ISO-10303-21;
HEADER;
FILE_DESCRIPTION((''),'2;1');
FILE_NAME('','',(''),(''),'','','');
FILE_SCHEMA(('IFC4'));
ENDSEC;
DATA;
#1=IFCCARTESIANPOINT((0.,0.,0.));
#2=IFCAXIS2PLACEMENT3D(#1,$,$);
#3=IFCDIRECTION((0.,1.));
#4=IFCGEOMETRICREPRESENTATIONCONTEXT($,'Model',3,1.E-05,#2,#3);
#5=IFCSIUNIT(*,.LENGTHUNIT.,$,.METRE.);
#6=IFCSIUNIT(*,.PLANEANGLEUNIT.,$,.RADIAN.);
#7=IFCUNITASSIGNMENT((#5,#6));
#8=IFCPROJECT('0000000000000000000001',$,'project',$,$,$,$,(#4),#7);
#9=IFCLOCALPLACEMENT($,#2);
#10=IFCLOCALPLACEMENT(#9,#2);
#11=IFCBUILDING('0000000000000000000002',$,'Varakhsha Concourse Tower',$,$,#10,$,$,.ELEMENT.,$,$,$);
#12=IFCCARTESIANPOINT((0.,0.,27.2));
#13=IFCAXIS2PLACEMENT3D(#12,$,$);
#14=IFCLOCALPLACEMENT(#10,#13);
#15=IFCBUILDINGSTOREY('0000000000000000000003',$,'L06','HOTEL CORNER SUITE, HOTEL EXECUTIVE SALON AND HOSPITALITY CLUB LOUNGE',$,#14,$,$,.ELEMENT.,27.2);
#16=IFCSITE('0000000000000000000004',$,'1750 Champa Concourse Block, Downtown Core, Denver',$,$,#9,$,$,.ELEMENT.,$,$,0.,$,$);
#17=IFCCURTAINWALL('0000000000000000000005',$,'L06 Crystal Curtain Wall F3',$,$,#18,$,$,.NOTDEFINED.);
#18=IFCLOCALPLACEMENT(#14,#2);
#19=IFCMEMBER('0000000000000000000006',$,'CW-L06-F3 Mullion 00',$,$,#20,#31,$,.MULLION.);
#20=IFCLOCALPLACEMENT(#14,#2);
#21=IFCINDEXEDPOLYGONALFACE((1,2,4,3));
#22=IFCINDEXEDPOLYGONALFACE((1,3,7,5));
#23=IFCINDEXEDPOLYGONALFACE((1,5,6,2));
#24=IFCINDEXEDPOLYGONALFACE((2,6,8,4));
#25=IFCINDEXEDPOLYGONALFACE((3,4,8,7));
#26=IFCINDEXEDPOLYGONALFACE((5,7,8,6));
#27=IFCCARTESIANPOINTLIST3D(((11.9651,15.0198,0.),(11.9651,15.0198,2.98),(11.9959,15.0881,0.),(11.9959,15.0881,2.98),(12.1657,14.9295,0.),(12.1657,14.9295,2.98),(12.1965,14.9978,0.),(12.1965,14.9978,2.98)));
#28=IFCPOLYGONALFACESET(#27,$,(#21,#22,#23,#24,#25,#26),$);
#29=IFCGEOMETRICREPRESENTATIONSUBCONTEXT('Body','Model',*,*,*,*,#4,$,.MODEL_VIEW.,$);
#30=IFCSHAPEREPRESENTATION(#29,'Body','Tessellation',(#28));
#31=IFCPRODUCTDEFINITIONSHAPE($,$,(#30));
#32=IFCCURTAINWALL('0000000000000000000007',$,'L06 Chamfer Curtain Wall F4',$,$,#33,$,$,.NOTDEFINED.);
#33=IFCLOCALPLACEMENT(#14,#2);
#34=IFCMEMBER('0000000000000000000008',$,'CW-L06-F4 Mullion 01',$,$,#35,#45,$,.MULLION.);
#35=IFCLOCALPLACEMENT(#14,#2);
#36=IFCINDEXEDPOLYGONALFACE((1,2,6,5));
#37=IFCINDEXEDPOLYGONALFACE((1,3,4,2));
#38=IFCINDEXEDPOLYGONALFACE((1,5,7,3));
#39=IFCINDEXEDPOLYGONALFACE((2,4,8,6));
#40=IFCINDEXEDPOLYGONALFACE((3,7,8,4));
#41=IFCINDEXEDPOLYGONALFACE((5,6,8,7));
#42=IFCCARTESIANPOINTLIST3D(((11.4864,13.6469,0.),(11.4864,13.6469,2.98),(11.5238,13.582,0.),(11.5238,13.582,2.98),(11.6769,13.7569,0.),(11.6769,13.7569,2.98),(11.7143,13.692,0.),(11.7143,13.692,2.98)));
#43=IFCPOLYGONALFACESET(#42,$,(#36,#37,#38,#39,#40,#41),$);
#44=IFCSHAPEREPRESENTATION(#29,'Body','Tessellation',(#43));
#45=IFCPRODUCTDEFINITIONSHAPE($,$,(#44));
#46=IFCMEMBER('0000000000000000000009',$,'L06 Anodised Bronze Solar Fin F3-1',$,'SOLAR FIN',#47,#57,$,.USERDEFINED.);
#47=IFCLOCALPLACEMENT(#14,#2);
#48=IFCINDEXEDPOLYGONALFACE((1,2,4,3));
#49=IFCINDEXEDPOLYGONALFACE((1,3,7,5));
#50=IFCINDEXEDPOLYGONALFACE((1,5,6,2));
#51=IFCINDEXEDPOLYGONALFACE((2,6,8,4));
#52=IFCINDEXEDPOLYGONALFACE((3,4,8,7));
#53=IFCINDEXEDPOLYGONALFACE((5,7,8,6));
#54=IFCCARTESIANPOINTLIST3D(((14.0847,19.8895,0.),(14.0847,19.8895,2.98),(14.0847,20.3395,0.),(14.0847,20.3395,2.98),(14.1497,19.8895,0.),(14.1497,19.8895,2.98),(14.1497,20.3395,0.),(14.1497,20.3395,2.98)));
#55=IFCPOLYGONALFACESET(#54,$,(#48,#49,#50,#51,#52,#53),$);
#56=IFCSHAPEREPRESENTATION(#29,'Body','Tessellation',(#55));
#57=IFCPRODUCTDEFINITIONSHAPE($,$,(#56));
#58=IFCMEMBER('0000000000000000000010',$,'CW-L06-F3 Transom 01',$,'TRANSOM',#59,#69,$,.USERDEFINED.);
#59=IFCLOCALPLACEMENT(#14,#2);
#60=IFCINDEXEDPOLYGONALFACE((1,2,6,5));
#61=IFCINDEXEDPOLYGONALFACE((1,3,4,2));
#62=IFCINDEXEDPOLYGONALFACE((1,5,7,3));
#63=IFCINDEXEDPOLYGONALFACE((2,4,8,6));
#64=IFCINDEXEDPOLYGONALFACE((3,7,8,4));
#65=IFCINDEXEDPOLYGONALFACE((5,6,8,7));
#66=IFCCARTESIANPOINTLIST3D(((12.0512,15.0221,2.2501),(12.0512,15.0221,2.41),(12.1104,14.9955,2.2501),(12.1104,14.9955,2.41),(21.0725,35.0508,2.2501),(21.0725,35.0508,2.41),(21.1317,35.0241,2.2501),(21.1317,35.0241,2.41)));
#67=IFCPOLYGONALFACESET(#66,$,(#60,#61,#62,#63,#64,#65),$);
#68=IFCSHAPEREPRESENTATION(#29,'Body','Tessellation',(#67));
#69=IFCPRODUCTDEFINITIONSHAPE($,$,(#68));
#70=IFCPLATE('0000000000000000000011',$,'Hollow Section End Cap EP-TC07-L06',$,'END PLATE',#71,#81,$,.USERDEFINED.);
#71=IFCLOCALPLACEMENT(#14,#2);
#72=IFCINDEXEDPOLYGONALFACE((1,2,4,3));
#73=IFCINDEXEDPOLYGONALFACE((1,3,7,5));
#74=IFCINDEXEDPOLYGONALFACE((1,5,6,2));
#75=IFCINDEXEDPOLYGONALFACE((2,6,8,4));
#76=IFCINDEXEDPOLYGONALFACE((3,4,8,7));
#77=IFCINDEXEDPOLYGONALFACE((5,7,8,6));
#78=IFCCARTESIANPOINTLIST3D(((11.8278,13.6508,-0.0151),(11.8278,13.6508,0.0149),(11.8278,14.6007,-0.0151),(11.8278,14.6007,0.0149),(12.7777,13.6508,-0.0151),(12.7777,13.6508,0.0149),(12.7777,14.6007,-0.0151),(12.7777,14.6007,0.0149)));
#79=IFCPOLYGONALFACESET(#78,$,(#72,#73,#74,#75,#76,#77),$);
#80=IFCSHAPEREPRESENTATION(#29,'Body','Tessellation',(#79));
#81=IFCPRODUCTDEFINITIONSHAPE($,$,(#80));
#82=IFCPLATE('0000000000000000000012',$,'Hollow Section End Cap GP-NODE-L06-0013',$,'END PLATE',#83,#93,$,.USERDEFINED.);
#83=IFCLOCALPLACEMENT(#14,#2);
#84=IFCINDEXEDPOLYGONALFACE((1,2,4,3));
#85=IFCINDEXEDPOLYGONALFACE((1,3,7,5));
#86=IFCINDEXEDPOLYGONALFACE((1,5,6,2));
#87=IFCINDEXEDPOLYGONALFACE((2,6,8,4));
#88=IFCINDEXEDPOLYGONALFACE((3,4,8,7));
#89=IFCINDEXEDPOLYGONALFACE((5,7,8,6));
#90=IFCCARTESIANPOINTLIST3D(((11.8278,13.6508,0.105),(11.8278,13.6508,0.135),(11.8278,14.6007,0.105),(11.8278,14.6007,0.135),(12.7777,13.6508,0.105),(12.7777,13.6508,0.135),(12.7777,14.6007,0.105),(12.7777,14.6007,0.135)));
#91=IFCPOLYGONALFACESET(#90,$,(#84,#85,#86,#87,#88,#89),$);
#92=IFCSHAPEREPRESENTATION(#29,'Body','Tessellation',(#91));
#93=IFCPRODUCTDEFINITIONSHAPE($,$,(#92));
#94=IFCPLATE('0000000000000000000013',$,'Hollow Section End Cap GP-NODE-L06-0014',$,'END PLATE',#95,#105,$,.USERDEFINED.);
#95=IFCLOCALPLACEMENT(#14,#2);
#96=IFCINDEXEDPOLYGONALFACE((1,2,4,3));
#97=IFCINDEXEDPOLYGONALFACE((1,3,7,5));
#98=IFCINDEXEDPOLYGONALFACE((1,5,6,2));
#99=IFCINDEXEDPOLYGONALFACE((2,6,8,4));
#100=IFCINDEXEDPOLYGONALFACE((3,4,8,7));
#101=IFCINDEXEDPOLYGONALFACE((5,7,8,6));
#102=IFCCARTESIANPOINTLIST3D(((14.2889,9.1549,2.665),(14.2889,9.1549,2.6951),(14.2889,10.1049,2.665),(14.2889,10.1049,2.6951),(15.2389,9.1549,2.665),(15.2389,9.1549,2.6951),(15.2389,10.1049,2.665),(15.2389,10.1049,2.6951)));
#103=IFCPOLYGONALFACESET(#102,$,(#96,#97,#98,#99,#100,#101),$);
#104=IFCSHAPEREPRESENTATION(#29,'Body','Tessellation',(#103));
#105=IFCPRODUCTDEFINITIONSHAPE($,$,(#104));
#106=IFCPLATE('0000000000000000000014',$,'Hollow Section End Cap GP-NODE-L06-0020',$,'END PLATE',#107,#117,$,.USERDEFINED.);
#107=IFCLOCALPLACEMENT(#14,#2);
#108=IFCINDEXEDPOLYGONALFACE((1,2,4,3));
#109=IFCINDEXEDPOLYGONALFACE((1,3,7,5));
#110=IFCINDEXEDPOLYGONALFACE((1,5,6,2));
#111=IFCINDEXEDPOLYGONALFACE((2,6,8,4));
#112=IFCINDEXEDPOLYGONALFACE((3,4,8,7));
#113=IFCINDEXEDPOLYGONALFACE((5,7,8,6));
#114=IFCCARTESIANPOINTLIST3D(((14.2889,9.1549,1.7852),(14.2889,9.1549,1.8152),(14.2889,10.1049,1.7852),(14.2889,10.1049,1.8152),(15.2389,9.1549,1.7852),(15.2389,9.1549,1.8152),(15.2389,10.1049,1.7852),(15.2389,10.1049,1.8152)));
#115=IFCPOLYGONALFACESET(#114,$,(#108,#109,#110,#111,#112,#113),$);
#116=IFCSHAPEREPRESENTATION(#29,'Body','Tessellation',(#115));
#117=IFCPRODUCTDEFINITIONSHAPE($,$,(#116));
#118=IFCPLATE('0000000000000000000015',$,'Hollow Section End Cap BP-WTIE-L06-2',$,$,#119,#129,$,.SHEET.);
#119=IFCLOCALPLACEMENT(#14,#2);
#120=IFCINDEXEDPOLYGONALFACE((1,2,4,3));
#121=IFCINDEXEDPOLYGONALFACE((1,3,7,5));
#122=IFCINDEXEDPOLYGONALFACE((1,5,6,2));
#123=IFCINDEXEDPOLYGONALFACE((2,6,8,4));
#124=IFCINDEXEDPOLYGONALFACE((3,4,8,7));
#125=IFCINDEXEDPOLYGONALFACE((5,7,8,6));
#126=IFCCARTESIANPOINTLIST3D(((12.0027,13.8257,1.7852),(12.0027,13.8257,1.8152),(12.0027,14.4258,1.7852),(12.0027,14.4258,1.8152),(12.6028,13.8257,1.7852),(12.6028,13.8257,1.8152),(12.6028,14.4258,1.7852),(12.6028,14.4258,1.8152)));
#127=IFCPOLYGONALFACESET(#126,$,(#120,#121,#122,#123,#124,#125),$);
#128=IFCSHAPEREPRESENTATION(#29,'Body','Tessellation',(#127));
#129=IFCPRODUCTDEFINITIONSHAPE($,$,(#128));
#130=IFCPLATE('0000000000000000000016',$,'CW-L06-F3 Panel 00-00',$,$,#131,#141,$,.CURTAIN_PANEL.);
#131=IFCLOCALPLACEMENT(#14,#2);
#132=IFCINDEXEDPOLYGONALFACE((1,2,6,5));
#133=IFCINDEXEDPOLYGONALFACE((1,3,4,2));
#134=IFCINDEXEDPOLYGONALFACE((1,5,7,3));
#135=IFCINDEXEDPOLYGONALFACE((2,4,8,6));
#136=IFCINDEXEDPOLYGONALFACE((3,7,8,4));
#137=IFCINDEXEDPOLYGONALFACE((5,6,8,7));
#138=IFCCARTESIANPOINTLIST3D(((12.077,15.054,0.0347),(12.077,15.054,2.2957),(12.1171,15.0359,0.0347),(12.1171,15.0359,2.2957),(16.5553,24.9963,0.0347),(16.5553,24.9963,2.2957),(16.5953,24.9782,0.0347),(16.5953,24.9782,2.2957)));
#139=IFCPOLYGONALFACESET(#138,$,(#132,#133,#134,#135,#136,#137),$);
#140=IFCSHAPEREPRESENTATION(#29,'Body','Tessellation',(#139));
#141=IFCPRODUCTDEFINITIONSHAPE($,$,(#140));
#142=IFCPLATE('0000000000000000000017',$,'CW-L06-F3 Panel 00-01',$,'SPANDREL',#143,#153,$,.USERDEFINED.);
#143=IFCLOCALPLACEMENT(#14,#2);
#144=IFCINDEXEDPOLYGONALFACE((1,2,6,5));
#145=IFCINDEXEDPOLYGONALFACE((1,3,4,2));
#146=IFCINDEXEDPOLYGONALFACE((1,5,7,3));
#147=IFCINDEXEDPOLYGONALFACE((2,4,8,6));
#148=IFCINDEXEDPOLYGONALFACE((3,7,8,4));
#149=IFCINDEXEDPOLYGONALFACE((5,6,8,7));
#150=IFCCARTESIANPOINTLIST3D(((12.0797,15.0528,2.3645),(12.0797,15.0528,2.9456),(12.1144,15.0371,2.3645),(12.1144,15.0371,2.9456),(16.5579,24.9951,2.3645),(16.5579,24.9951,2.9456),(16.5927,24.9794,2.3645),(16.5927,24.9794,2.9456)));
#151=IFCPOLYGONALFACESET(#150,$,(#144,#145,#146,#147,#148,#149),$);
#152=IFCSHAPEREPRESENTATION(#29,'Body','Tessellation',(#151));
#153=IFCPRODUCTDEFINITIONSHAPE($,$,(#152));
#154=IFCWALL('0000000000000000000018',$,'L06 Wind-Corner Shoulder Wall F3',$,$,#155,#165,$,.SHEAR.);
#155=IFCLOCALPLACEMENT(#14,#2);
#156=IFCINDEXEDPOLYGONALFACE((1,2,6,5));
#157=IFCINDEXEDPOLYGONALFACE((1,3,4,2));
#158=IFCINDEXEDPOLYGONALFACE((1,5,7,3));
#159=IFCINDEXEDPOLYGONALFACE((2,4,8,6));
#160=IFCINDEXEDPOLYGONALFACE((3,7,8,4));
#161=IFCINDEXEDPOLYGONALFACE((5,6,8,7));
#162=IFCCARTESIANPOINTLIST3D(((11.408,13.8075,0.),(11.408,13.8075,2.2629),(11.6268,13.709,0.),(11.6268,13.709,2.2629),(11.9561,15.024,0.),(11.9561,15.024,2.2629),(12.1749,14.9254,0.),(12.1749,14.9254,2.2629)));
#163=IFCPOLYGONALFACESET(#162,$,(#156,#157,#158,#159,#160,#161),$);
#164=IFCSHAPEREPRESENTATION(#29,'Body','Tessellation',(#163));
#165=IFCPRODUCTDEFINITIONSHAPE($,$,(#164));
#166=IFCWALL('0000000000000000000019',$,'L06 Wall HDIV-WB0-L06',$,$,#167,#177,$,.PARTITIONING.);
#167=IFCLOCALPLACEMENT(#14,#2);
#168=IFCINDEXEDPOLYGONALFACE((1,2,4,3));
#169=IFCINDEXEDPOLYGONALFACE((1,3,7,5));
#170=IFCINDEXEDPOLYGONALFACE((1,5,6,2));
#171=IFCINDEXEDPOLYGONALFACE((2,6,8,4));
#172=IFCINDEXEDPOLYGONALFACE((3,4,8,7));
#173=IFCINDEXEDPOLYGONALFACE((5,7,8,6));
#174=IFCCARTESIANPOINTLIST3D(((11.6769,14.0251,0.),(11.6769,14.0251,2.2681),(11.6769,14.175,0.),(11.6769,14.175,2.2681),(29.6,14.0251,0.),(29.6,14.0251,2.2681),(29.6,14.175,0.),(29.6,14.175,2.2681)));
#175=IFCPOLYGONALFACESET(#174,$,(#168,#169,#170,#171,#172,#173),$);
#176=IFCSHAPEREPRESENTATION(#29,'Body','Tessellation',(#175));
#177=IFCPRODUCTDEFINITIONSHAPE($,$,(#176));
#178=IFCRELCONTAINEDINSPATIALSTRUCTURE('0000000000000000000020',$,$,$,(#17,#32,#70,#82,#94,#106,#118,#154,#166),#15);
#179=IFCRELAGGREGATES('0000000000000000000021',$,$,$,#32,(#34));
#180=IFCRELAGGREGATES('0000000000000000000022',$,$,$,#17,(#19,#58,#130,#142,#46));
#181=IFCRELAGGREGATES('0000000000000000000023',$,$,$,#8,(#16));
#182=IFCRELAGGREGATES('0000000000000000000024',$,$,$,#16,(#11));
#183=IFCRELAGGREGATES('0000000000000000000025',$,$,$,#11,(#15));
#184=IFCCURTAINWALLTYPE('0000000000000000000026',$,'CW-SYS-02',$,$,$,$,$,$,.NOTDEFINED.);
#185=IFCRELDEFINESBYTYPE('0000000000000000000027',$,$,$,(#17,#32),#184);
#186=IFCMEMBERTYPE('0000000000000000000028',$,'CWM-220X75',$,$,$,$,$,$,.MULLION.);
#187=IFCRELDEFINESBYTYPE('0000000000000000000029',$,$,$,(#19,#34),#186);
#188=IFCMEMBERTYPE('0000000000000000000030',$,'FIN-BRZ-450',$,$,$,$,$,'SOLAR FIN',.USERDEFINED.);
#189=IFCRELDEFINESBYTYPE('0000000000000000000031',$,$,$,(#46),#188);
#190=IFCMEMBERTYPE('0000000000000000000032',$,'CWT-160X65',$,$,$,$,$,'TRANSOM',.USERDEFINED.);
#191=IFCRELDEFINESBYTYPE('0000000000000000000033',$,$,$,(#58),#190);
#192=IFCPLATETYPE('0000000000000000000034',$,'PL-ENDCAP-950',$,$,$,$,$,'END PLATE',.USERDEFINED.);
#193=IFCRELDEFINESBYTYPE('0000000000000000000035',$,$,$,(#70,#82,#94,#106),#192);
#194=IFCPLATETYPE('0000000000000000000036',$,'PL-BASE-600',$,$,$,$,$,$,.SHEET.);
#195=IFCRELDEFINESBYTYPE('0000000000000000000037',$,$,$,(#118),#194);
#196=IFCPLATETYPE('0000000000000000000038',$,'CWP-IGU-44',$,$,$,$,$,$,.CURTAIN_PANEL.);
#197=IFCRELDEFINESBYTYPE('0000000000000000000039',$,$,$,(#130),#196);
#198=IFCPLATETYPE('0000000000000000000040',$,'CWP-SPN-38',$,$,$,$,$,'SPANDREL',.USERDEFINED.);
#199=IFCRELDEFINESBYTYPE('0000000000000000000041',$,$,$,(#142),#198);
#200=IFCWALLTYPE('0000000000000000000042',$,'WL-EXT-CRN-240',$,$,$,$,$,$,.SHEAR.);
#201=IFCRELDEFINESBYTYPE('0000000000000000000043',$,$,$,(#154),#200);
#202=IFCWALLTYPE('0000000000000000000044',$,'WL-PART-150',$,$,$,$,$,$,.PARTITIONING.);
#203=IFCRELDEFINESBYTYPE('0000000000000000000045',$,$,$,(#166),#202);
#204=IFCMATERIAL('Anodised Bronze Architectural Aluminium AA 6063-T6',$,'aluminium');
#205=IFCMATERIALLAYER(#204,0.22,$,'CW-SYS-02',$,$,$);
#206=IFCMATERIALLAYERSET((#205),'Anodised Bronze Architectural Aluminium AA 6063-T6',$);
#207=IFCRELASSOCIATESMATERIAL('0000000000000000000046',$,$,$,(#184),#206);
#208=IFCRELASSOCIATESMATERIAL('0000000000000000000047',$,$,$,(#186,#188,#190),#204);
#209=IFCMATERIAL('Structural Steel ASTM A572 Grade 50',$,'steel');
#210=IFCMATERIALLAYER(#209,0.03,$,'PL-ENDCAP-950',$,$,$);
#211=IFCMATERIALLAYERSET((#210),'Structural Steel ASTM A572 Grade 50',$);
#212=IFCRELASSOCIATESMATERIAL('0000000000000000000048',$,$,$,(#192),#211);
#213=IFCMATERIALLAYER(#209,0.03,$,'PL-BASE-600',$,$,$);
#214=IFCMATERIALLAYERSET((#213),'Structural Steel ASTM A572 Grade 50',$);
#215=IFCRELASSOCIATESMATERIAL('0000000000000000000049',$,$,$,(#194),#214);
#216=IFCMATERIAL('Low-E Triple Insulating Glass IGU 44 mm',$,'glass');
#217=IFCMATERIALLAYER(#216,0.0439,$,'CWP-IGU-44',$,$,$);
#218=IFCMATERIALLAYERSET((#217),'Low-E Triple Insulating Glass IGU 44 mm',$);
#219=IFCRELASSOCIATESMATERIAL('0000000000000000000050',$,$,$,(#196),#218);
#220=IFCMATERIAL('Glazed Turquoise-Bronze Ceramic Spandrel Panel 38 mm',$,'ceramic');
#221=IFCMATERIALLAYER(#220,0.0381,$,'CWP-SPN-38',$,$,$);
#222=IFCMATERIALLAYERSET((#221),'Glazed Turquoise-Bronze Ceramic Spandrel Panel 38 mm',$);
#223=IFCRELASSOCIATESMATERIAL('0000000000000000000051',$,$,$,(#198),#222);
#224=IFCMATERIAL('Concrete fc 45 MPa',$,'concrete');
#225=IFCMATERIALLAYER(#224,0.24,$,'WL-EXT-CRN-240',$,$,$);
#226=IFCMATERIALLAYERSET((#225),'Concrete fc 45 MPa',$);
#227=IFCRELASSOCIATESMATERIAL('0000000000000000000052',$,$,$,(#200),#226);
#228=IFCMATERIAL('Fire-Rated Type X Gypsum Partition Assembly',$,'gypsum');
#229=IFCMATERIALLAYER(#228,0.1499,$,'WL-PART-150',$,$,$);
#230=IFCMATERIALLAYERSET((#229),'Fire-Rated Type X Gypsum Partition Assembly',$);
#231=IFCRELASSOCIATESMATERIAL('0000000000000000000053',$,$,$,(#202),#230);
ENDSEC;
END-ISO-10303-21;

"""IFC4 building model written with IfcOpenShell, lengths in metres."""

from ifc_helpers import new_model, si_unit, direction, frame, frame_2d, origin, origin_2d, place, context, subcontext, project, spatial, rectangle, extrude, source, transform, mapped, material, layer, layer_set, material_profile, profile_set, type_object, type_shapes, element, aggregate, save


model = new_model("IFC4")

# Units and contexts
model_context = context("Model", 3, precision=1e-05, world=origin(), true_north=direction((0.0, 1.0)))
body_context = subcontext(model_context, "Body", "Model", "MODEL_VIEW")
ifc_project = project(units=[si_unit("LENGTHUNIT", "METRE"), si_unit("PLANEANGLEUNIT", "RADIAN")], contexts=[model_context])

# Site, building, storey
site_placement = place(None, origin())
site = spatial("IfcSite", under=ifc_project, at=site_placement, Name="1750 Champa Concourse Block, Downtown Core, Denver", CompositionType="ELEMENT", RefElevation=0.0)
building_placement = place(site_placement, origin())
building = spatial("IfcBuilding", under=site, at=building_placement, Name="Varakhsha Concourse Tower", CompositionType="ELEMENT")
storey_placement = place(building_placement, frame((0.0, 0.0, 27.2)))
storey = spatial("IfcBuildingStorey", under=building, at=storey_placement, Name="L06", Description="HOTEL CORNER SUITE, HOTEL EXECUTIVE SALON AND HOSPITALITY CLUB LOUNGE", CompositionType="ELEMENT", Elevation=27.2)

# Shared definitions
ifc_material_1 = material(Name="Structural Steel ASTM A572 Grade 50", Category="steel")

# Curtain walls, members
ifc_material_2 = material(Name="Anodised Bronze Architectural Aluminium AA 6063-T6", Category="aluminium")
ifc_layer_1 = layer(ifc_material_2, 0.22, Name="CW-SYS-02")
ifc_layer_set_1 = layer_set([ifc_layer_1], Name="Anodised Bronze Architectural Aluminium AA 6063-T6")
curtain_wall_type = type_object("IfcCurtainWallType", Name="CW-SYS-02", PredefinedType="NOTDEFINED", material=ifc_layer_set_1)
curtain_wall_1_placement = place(storey_placement, origin())
curtain_wall_1 = element("IfcCurtainWall", 1, at=curtain_wall_1_placement, inside=storey, type_object=curtain_wall_type, Name="L06 Crystal Curtain Wall F3", PredefinedType="NOTDEFINED")
ifc_material_profile_1 = material_profile(ifc_material_2, rectangle(XDim=0.075, YDim=0.22, at=origin_2d()), Name="CWM-220X75")
ifc_profile_set_1 = profile_set([ifc_material_profile_1], Name="Anodised Bronze Architectural Aluminium AA 6063-T6")
member_type_1 = type_object("IfcMemberType", Name="CWM-220X75", PredefinedType="MULLION", material=ifc_profile_set_1)
shared_shape_1 = source(origin(), body_context, "Body", "SweptSolid", [
    extrude(rectangle(XDim=0.075, YDim=0.22, at=origin_2d()), origin(), (0.0, 0.0, 1.0), 2.98),
])
type_shapes(member_type_1, [shared_shape_1])
member_1_placement = place(storey_placement, frame((12.0808, 15.0088, 0.0), z_axis=(0.0, 0.0, 1.0), x_axis=(0.410684, 0.911778, 0.0)))
member_1 = element("IfcMember", 2, at=member_1_placement, type_object=member_type_1, Name="CW-L06-F3 Mullion 00", PredefinedType="MULLION", context=body_context, shape_type="MappedRepresentation", body=[
    mapped(shared_shape_1, transform((0.0, 0.0, 0.0), scale=1.0)),
])
curtain_wall_2_placement = place(storey_placement, origin())
curtain_wall_2 = element("IfcCurtainWall", 3, at=curtain_wall_2_placement, inside=storey, type_object=curtain_wall_type, Name="L06 Chamfer Curtain Wall F4", PredefinedType="NOTDEFINED")
member_2_placement = place(storey_placement, frame((11.6003, 13.6694, 0.0), z_axis=(0.0, 0.0, 1.0), x_axis=(-0.499997, 0.866027, 0.0)))
member_2 = element("IfcMember", 4, at=member_2_placement, type_object=member_type_1, Name="CW-L06-F4 Mullion 01", PredefinedType="MULLION", context=body_context, shape_type="MappedRepresentation", body=[
    mapped(shared_shape_1, transform((0.0, 0.0, 0.0), scale=1.0)),
])
aggregate(curtain_wall_2, [member_2])

# Members
ifc_material_profile_2 = material_profile(ifc_material_2, rectangle(XDim=0.0649, YDim=0.45, at=origin_2d()), Name="FIN-BRZ-450")
ifc_profile_set_2 = profile_set([ifc_material_profile_2], Name="Anodised Bronze Architectural Aluminium AA 6063-T6")
member_type_2 = type_object("IfcMemberType", Name="FIN-BRZ-450", ElementType="SOLAR FIN", PredefinedType="USERDEFINED", material=ifc_profile_set_2)
shared_shape_2 = source(origin(), body_context, "Body", "SweptSolid", [
    extrude(rectangle(XDim=0.0649, YDim=0.45, at=origin_2d()), origin(), (0.0, 0.0, 1.0), 2.98),
])
type_shapes(member_type_2, [shared_shape_2])
member_3_placement = place(storey_placement, frame((14.1172, 20.1145, 0.0), z_axis=(0.0, 0.0, 1.0), x_axis=(1.0, 0.0, 0.0)))
member_3 = element("IfcMember", 5, at=member_3_placement, type_object=member_type_2, Name="L06 Anodised Bronze Solar Fin F3-1", ObjectType="SOLAR FIN", PredefinedType="USERDEFINED", context=body_context, shape_type="MappedRepresentation", body=[
    mapped(shared_shape_2, transform((0.0, 0.0, 0.0), scale=1.0)),
])
ifc_material_profile_3 = material_profile(ifc_material_2, rectangle(XDim=0.0649, YDim=0.1599, at=origin_2d()), Name="CWT-160X65")
ifc_profile_set_3 = profile_set([ifc_material_profile_3], Name="Anodised Bronze Architectural Aluminium AA 6063-T6")
member_type_3 = type_object("IfcMemberType", Name="CWT-160X65", ElementType="TRANSOM", PredefinedType="USERDEFINED", material=ifc_profile_set_3)
shared_shape_3 = source(origin(), body_context, "Body", "SweptSolid", [
    extrude(rectangle(XDim=0.0649, YDim=0.1599, at=origin_2d()), origin(), (0.0, 0.0, 1.0), 21.9666),
])
type_shapes(member_type_3, [shared_shape_3])
member_4_placement = place(storey_placement, frame((12.0808, 15.0088, 2.3301), z_axis=(0.410682, 0.911779, 0.0), x_axis=(-0.911779, 0.410682, 0.0)))
member_4 = element("IfcMember", 6, at=member_4_placement, type_object=member_type_3, Name="CW-L06-F3 Transom 01", ObjectType="TRANSOM", PredefinedType="USERDEFINED", context=body_context, shape_type="MappedRepresentation", body=[
    mapped(shared_shape_3, transform((0.0, 0.0, 0.0), scale=1.0)),
])

# Plates
ifc_layer_2 = layer(ifc_material_1, 0.03, Name="PL-ENDCAP-950")
ifc_layer_set_2 = layer_set([ifc_layer_2], Name="Structural Steel ASTM A572 Grade 50")
plate_type_1 = type_object("IfcPlateType", Name="PL-ENDCAP-950", ElementType="END PLATE", PredefinedType="USERDEFINED", material=ifc_layer_set_2)
shared_shape_4 = source(origin(), body_context, "Body", "SweptSolid", [
    extrude(rectangle(XDim=0.95, YDim=0.95, at=origin_2d()), origin(), (0.0, 0.0, 1.0), 0.03),
])
type_shapes(plate_type_1, [shared_shape_4])
for number, where, z_axis, x_axis, name in (
    (7, (12.3027, 14.1257, -0.0151), (0.0, 0.0, 1.0), (1.0, 0.0, 0.0), "Hollow Section End Cap EP-TC07-L06"),
    (8, (12.3027, 14.1257, 0.105), (0.0, 0.0, 1.0), (1.0, 0.0, 0.0), "Hollow Section End Cap GP-NODE-L06-0013"),
    (9, (14.7639, 9.6299, 2.665), (0.0, 0.0, 1.0), (1.0, 0.0, 0.0), "Hollow Section End Cap GP-NODE-L06-0014"),
    (10, (14.7639, 9.6299, 1.7852), (0.0, 0.0, 1.0), (1.0, 0.0, 0.0), "Hollow Section End Cap GP-NODE-L06-0020"),
):
    element("IfcPlate", number, at=place(storey_placement, frame(where, z_axis=z_axis, x_axis=x_axis)), inside=storey, type_object=plate_type_1, Name=name, ObjectType="END PLATE", PredefinedType="USERDEFINED", context=body_context, shape_type="MappedRepresentation", body=[
        mapped(shared_shape_4, transform((0.0, 0.0, 0.0), scale=1.0)),
    ])
ifc_layer_3 = layer(ifc_material_1, 0.03, Name="PL-BASE-600")
ifc_layer_set_3 = layer_set([ifc_layer_3], Name="Structural Steel ASTM A572 Grade 50")
plate_type_2 = type_object("IfcPlateType", Name="PL-BASE-600", PredefinedType="SHEET", material=ifc_layer_set_3)
shared_shape_5 = source(origin(), body_context, "Body", "SweptSolid", [
    extrude(rectangle(XDim=0.6001, YDim=0.6001, at=origin_2d()), origin(), (0.0, 0.0, 1.0), 0.03),
])
type_shapes(plate_type_2, [shared_shape_5])
plate_1_placement = place(storey_placement, frame((12.3027, 14.1257, 1.7852), z_axis=(0.0, 0.0, 1.0), x_axis=(1.0, 0.0, 0.0)))
element("IfcPlate", 11, at=plate_1_placement, inside=storey, type_object=plate_type_2, Name="Hollow Section End Cap BP-WTIE-L06-2", PredefinedType="SHEET", context=body_context, shape_type="MappedRepresentation", body=[
    mapped(shared_shape_5, transform((0.0, 0.0, 0.0), scale=1.0)),
])

# Plates
ifc_material_3 = material(Name="Low-E Triple Insulating Glass IGU 44 mm", Category="glass")
ifc_layer_4 = layer(ifc_material_3, 0.0439, Name="CWP-IGU-44")
ifc_layer_set_4 = layer_set([ifc_layer_4], Name="Low-E Triple Insulating Glass IGU 44 mm")
plate_type_3 = type_object("IfcPlateType", Name="CWP-IGU-44", PredefinedType="CURTAIN_PANEL", material=ifc_layer_set_4)
shared_shape_6 = source(origin(), body_context, "Body", "SweptSolid", [
    extrude(rectangle(XDim=10.9043, YDim=0.0439, at=origin_2d()), origin(), (0.0, 0.0, 1.0), 2.261),
])
type_shapes(plate_type_3, [shared_shape_6])
plate_2_placement = place(storey_placement, frame((14.3362, 20.0161, 0.0347), z_axis=(0.0, 0.0, 1.0), x_axis=(0.410684, 0.911778, 0.0)))
plate_2 = element("IfcPlate", 12, at=plate_2_placement, type_object=plate_type_3, Name="CW-L06-F3 Panel 00-00", PredefinedType="CURTAIN_PANEL", context=body_context, shape_type="MappedRepresentation", body=[
    mapped(shared_shape_6, transform((0.0, 0.0, 0.0), scale=1.0)),
])
ifc_material_4 = material(Name="Glazed Turquoise-Bronze Ceramic Spandrel Panel 38 mm", Category="ceramic")
ifc_layer_5 = layer(ifc_material_4, 0.0381, Name="CWP-SPN-38")
ifc_layer_set_5 = layer_set([ifc_layer_5], Name="Glazed Turquoise-Bronze Ceramic Spandrel Panel 38 mm")
plate_type_4 = type_object("IfcPlateType", Name="CWP-SPN-38", ElementType="SPANDREL", PredefinedType="USERDEFINED", material=ifc_layer_set_5)
shared_shape_7 = source(origin(), body_context, "Body", "SweptSolid", [
    extrude(rectangle(XDim=10.9043, YDim=0.0381, at=origin_2d()), origin(), (0.0, 0.0, 1.0), 0.5811),
])
type_shapes(plate_type_4, [shared_shape_7])
plate_3_placement = place(storey_placement, frame((14.3362, 20.0161, 2.3645), z_axis=(0.0, 0.0, 1.0), x_axis=(0.410684, 0.911778, 0.0)))
plate_3 = element("IfcPlate", 13, at=plate_3_placement, type_object=plate_type_4, Name="CW-L06-F3 Panel 00-01", ObjectType="SPANDREL", PredefinedType="USERDEFINED", context=body_context, shape_type="MappedRepresentation", body=[
    mapped(shared_shape_7, transform((0.0, 0.0, 0.0), scale=1.0)),
])
aggregate(curtain_wall_1, [member_1, member_4, plate_2, plate_3, member_3])

# Walls
ifc_material_5 = material(Name="Concrete fc 45 MPa", Category="concrete")
ifc_layer_6 = layer(ifc_material_5, 0.24, Name="WL-EXT-CRN-240")
ifc_layer_set_6 = layer_set([ifc_layer_6], Name="Concrete fc 45 MPa")
wall_type_1 = type_object("IfcWallType", Name="WL-EXT-CRN-240", PredefinedType="SHEAR", material=ifc_layer_set_6)
wall_1_placement = place(storey_placement, frame((12.0654, 14.9746, 0.0), z_axis=(0.0, 0.0, 1.0), x_axis=(-0.410768, -0.91174, 0.0)))
element("IfcWall", 14, at=wall_1_placement, inside=storey, type_object=wall_type_1, Name="L06 Wind-Corner Shoulder Wall F3", PredefinedType="SHEAR", context=body_context, shape_type="SweptSolid", body=[
    extrude(rectangle(XDim=1.3342, YDim=0.24, at=frame_2d((0.667, 0.0))), origin(), (0.0, 0.0, 1.0), 2.2629),
])
ifc_material_6 = material(Name="Fire-Rated Type X Gypsum Partition Assembly", Category="gypsum")
ifc_layer_7 = layer(ifc_material_6, 0.1499, Name="WL-PART-150")
ifc_layer_set_7 = layer_set([ifc_layer_7], Name="Fire-Rated Type X Gypsum Partition Assembly")
wall_type_2 = type_object("IfcWallType", Name="WL-PART-150", PredefinedType="PARTITIONING", material=ifc_layer_set_7)
wall_2_placement = place(storey_placement, frame((11.677, 14.1001, 0.0), z_axis=(0.0, 0.0, 1.0), x_axis=(1.0, 0.0, 0.0)))
element("IfcWall", 15, at=wall_2_placement, inside=storey, type_object=wall_type_2, Name="L06 Wall HDIV-WB0-L06", PredefinedType="PARTITIONING", context=body_context, shape_type="SweptSolid", body=[
    extrude(rectangle(XDim=17.9231, YDim=0.1499, at=frame_2d((8.9614, 0.0))), origin(), (0.0, 0.0, 1.0), 2.2681),
])

save(model, "model.ifc")
